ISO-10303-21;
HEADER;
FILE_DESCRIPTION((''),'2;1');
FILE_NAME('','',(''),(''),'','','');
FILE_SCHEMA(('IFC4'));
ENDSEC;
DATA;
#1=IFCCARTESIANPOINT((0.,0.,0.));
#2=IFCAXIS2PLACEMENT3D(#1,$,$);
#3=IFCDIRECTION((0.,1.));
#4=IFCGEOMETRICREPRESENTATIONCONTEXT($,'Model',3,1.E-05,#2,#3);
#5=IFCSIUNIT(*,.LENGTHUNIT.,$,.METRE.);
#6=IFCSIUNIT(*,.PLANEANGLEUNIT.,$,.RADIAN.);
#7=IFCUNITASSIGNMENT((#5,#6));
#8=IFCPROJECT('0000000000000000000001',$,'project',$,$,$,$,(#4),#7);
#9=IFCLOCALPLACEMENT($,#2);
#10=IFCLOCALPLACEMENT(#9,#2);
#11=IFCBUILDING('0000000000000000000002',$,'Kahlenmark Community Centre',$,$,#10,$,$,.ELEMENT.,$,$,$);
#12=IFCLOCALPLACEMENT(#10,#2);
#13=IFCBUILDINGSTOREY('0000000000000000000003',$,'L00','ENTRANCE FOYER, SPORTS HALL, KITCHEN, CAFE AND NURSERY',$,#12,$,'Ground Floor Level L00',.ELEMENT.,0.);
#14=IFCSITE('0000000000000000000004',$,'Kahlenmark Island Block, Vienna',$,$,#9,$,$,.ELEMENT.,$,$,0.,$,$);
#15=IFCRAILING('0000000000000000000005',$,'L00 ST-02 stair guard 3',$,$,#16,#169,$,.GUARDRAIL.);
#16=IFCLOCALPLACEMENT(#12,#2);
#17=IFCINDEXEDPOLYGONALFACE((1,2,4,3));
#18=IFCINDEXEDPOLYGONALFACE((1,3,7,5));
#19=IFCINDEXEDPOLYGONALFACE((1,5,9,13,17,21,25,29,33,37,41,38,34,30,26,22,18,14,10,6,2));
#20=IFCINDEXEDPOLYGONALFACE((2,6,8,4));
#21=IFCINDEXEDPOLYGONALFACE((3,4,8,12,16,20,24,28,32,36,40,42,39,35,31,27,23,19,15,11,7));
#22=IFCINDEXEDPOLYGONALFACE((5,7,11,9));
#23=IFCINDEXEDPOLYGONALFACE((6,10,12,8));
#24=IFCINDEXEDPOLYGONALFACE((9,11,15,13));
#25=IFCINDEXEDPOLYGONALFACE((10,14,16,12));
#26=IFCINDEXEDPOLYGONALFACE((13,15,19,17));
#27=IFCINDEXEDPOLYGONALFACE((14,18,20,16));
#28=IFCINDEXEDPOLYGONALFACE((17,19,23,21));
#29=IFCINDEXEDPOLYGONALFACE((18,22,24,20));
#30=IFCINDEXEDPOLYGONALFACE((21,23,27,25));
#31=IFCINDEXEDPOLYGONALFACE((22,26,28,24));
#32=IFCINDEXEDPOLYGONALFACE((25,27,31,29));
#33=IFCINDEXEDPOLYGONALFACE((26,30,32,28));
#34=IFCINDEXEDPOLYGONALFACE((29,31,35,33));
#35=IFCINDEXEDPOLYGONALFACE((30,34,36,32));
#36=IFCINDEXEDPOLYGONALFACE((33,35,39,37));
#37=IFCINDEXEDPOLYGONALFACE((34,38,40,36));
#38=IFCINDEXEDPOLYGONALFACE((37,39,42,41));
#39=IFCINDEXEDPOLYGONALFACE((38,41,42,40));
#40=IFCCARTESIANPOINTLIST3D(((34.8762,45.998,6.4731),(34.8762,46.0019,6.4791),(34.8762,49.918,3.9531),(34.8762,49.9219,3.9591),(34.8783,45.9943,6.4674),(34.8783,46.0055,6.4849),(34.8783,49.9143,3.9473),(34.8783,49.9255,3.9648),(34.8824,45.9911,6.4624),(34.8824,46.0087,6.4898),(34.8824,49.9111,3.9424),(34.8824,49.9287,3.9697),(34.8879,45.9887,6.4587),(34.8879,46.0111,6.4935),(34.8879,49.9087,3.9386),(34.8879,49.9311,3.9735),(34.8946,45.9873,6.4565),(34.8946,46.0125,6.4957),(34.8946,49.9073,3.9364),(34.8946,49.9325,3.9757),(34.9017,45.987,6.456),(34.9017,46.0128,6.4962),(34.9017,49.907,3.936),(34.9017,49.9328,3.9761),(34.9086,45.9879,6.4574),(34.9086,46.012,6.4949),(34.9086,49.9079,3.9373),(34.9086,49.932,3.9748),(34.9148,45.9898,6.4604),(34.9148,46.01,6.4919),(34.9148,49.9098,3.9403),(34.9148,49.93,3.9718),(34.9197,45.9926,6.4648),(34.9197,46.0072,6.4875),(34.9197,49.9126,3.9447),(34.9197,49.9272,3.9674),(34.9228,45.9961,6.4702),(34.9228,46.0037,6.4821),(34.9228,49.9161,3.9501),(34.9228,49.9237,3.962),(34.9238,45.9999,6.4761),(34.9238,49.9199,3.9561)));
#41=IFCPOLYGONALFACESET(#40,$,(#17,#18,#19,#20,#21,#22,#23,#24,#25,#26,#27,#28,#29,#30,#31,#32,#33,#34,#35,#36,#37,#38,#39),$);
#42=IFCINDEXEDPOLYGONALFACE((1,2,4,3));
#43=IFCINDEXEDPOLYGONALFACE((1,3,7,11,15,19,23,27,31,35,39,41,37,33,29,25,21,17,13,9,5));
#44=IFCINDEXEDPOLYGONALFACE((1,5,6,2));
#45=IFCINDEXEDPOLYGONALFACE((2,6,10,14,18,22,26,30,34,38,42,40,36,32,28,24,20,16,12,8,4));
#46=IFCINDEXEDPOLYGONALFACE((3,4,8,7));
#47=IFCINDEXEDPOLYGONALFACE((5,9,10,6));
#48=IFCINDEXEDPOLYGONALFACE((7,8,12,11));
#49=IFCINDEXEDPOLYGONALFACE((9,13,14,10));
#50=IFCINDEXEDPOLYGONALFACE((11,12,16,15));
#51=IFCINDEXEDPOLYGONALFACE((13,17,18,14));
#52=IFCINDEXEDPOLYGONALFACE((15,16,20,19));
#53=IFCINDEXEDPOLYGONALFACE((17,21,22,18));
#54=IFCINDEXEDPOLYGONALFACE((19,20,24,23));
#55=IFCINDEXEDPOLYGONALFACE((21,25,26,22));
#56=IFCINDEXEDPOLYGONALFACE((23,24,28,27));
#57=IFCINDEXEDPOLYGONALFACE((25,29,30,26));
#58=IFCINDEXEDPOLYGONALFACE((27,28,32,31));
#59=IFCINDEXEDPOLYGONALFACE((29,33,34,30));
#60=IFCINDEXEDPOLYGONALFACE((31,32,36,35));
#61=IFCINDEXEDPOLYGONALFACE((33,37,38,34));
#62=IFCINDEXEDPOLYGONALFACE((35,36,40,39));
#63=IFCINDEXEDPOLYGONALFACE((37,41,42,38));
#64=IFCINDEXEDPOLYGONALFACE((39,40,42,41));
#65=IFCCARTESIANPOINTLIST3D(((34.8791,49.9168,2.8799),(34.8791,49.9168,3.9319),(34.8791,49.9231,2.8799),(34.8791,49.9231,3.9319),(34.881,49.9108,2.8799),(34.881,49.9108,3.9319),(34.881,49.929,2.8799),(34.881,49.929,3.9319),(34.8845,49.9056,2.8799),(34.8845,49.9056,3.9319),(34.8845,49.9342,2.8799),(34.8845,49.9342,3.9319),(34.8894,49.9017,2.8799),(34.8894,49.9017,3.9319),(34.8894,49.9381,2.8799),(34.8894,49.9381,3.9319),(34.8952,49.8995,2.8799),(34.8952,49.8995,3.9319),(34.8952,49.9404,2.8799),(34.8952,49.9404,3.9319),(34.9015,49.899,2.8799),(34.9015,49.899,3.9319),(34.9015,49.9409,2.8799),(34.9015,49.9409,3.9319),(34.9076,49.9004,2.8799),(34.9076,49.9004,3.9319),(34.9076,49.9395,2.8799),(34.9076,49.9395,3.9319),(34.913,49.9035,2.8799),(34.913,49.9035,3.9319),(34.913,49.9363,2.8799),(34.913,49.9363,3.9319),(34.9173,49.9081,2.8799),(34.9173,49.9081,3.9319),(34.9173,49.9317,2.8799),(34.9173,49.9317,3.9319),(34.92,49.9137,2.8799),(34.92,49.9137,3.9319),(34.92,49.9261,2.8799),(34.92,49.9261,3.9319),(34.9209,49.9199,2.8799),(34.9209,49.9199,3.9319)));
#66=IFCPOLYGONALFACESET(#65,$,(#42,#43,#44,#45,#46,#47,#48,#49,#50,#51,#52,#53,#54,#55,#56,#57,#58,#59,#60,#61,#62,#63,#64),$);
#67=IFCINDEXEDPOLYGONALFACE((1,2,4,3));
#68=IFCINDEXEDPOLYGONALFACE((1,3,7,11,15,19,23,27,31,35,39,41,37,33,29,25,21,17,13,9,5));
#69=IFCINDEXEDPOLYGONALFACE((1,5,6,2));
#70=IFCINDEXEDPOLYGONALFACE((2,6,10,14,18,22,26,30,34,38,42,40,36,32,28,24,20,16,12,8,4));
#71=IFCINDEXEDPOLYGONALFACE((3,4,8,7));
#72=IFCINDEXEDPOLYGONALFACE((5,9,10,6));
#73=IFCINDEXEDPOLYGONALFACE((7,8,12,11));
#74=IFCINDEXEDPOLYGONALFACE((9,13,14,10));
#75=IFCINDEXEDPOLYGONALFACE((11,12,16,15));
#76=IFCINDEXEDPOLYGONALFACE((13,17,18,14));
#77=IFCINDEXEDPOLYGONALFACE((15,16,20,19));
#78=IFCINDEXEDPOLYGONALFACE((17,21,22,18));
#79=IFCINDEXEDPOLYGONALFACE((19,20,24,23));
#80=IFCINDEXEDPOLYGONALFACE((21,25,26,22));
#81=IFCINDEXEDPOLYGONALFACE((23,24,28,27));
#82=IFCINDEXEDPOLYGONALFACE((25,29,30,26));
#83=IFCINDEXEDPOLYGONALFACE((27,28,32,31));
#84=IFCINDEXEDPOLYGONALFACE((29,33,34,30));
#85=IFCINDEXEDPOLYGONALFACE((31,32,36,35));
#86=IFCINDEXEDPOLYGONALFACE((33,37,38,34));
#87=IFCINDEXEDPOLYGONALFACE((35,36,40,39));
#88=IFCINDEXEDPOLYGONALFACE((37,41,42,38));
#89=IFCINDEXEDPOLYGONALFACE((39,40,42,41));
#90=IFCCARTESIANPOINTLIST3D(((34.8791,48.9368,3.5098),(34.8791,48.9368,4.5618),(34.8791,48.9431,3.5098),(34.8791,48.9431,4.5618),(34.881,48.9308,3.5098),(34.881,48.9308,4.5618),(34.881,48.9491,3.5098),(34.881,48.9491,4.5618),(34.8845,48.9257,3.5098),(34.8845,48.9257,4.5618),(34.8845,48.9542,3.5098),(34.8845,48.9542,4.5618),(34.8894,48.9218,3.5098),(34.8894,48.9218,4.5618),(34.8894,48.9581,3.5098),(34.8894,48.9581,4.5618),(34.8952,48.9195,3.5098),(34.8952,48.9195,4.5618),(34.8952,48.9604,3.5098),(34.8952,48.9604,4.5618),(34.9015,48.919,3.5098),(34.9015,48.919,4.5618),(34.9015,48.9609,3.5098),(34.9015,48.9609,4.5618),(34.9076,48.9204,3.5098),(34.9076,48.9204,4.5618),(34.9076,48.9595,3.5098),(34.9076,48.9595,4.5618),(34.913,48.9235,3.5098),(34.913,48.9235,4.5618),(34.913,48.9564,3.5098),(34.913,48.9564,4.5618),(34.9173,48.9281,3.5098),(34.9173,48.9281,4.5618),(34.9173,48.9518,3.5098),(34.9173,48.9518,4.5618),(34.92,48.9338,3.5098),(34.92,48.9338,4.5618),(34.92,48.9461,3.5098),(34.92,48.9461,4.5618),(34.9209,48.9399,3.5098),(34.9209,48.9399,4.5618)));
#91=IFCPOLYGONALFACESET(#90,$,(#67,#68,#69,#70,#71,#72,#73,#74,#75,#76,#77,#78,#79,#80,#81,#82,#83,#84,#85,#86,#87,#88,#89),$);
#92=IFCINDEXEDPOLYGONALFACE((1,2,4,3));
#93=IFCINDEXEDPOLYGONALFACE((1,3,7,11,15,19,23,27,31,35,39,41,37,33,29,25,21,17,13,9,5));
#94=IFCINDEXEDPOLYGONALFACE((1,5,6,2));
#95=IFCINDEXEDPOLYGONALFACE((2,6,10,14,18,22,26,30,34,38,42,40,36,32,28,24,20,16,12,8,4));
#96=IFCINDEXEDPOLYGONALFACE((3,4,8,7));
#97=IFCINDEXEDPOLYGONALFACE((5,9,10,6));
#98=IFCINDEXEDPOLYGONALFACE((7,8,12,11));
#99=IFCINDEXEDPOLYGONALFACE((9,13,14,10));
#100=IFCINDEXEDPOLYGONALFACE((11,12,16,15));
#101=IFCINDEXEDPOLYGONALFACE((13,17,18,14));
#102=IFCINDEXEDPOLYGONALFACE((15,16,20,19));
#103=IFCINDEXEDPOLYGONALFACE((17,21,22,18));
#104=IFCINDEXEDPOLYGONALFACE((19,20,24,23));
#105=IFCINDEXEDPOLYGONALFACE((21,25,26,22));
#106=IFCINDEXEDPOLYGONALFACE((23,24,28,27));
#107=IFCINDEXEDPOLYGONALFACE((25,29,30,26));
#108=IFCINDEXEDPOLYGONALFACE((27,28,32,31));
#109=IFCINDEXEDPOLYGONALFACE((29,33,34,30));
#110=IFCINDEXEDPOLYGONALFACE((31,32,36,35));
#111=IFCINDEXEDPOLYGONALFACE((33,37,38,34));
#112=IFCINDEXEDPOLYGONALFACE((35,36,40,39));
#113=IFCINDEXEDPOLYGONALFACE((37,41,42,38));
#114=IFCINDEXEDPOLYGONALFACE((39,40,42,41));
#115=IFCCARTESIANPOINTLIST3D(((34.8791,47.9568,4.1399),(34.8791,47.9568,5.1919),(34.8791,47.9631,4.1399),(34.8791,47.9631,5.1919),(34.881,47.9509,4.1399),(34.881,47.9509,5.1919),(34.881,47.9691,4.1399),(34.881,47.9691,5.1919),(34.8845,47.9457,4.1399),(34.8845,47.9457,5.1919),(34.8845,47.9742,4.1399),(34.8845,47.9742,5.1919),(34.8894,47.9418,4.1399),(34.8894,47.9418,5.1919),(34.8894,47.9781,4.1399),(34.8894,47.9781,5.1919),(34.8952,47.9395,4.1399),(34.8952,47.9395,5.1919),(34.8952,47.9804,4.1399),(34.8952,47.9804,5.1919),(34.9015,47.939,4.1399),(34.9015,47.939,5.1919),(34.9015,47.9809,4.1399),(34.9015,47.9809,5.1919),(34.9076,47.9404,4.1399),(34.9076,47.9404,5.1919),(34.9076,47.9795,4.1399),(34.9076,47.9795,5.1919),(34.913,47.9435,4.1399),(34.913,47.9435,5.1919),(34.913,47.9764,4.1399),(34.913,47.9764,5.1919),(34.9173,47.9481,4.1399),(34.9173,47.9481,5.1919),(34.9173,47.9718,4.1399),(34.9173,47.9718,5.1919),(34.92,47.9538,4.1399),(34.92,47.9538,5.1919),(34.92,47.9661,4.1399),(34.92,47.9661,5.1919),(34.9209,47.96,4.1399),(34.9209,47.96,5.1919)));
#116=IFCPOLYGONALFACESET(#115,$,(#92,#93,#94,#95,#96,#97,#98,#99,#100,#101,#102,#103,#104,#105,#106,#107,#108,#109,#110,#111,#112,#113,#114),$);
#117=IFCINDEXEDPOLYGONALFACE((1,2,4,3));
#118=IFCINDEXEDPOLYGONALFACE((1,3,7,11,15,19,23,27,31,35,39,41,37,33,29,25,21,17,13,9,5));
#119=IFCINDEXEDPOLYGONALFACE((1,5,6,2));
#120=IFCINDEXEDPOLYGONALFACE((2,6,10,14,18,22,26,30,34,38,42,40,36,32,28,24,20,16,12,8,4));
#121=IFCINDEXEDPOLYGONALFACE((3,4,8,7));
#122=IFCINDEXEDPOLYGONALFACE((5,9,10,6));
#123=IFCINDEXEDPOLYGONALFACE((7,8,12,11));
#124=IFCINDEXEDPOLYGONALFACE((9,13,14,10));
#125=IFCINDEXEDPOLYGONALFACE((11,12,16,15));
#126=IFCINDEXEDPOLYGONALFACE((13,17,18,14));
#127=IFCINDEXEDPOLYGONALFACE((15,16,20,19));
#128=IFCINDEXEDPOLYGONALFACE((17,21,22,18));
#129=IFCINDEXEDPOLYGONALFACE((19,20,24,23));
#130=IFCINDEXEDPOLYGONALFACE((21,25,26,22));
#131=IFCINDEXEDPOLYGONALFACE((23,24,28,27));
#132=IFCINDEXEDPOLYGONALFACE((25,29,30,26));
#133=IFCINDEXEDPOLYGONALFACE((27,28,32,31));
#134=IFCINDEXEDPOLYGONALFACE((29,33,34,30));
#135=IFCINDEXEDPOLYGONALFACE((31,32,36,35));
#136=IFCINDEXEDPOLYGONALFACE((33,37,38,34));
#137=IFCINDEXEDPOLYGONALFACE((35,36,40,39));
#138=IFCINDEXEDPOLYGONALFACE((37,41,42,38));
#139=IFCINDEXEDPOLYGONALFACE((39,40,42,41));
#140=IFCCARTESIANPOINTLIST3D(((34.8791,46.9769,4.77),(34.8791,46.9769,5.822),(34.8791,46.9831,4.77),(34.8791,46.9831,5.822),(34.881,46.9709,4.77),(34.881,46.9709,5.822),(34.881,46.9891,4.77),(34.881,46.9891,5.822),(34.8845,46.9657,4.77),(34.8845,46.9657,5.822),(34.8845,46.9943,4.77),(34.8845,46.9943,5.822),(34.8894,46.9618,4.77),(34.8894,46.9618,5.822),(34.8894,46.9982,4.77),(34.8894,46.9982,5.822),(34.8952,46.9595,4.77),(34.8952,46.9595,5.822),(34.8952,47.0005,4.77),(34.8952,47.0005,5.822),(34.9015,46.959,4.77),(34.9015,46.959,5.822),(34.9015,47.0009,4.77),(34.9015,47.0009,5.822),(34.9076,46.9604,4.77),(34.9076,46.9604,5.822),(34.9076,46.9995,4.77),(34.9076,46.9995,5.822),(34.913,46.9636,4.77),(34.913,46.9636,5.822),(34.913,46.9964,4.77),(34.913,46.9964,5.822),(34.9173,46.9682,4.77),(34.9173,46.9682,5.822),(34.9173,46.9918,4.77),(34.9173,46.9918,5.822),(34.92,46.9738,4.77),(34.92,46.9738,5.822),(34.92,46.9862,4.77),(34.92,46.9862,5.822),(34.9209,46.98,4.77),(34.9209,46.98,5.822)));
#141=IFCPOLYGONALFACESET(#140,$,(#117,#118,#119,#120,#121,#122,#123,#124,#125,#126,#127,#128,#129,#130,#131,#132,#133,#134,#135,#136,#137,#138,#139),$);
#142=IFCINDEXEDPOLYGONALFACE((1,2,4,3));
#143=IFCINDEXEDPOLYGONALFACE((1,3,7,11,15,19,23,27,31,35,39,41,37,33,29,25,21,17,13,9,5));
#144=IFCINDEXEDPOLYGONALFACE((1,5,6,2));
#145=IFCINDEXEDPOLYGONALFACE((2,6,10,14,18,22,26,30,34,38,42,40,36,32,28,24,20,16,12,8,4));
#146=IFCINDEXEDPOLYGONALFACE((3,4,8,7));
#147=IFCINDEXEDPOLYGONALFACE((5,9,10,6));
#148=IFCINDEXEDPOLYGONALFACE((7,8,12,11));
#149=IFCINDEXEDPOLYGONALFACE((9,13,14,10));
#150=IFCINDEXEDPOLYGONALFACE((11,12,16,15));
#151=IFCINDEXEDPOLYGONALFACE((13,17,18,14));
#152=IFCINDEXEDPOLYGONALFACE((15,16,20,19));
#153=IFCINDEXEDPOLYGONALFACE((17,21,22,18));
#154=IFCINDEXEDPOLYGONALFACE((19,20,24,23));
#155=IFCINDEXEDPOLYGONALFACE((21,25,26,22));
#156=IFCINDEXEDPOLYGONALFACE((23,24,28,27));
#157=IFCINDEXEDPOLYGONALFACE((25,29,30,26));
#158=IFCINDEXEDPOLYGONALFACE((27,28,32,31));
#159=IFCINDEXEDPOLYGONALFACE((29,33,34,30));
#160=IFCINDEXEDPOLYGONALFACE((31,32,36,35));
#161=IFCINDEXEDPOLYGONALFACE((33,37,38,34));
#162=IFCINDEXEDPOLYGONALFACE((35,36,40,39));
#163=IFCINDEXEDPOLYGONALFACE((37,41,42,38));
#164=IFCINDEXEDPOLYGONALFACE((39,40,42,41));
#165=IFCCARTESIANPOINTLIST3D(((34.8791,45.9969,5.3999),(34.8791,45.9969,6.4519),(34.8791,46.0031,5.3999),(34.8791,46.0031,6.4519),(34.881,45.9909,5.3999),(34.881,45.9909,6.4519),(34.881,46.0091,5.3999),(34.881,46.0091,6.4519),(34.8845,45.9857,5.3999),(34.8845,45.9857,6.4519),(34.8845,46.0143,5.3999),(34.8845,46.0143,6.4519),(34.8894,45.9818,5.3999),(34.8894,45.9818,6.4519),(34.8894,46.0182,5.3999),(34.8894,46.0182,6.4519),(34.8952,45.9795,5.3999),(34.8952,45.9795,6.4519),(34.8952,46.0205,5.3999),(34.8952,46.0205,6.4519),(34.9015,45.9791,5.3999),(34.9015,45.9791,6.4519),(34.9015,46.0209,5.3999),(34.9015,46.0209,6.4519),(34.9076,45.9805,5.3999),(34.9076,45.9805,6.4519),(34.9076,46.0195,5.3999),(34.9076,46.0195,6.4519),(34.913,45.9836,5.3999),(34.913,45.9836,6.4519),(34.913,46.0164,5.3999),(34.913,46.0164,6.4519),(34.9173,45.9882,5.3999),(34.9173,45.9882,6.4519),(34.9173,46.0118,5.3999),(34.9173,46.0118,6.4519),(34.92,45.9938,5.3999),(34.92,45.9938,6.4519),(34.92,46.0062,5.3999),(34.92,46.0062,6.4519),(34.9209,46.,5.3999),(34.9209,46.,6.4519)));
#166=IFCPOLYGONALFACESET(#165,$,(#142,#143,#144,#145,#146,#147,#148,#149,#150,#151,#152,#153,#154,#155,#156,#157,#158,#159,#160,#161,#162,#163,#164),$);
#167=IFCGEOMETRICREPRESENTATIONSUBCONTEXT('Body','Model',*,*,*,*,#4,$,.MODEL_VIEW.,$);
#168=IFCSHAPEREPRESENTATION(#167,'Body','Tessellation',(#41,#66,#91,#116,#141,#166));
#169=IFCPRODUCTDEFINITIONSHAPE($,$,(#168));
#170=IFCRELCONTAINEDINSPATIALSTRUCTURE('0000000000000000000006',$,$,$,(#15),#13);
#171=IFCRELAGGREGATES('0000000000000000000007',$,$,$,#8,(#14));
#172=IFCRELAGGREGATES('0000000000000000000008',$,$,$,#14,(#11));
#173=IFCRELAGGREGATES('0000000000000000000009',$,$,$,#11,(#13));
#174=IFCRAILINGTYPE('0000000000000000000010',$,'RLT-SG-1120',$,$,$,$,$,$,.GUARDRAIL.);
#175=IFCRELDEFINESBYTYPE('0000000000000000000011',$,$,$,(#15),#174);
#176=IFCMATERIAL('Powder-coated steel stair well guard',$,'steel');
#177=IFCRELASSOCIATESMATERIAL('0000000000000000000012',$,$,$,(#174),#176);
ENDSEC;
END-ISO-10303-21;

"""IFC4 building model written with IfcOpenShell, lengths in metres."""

from ifc_helpers import new_model, si_unit, direction, frame, origin, origin_2d, place, context, subcontext, project, spatial, circle, extrude, material, type_object, element, save


model = new_model("IFC4")

# Units and contexts
model_context = context("Model", 3, precision=1e-05, world=origin(), true_north=direction((0.0, 1.0)))
body_context = subcontext(model_context, "Body", "Model", "MODEL_VIEW")
ifc_project = project(units=[si_unit("LENGTHUNIT", "METRE"), si_unit("PLANEANGLEUNIT", "RADIAN")], contexts=[model_context])

# Site, building, storey
site_placement = place(None, origin())
site = spatial("IfcSite", under=ifc_project, at=site_placement, Name="Kahlenmark Island Block, Vienna", CompositionType="ELEMENT", RefElevation=0.0)
building_placement = place(site_placement, origin())
building = spatial("IfcBuilding", under=site, at=building_placement, Name="Kahlenmark Community Centre", CompositionType="ELEMENT")
storey_placement = place(building_placement, origin())
storey = spatial("IfcBuildingStorey", under=building, at=storey_placement, Name="L00", Description="ENTRANCE FOYER, SPORTS HALL, KITCHEN, CAFE AND NURSERY", LongName="Ground Floor Level L00", CompositionType="ELEMENT", Elevation=0.0)

# Railing
ifc_material_1 = material(Name="Powder-coated steel stair well guard", Category="steel")
railing_type_1 = type_object("IfcRailingType", Name="RLT-SG-1120", PredefinedType="GUARDRAIL", material=ifc_material_1)
railing_1_placement = place(storey_placement, frame((34.8999, 49.9199, 2.8799)))
element("IfcRailing", 1, at=railing_1_placement, inside=storey, type_object=railing_type_1, Name="L00 ST-02 stair guard 3", PredefinedType="GUARDRAIL", context=body_context, shape_type="SweptSolid", body=[
    extrude(circle(Radius=0.0239, at=origin_2d()), frame((0.0, 0.0, 1.0762), z_axis=(0.0, -0.841172, 0.540768), x_axis=(1.0, 0.0, 0.0)), (0.0, 0.0, 1.0), 4.6602),
    extrude(circle(Radius=0.021, at=origin_2d()), origin(), (0.0, 0.0, 1.0), 1.052),
    extrude(circle(Radius=0.021, at=origin_2d()), frame((0.0, -0.98, 0.6299)), (0.0, 0.0, 1.0), 1.052),
    extrude(circle(Radius=0.021, at=origin_2d()), frame((0.0, -1.96, 1.26)), (0.0, 0.0, 1.0), 1.052),
    extrude(circle(Radius=0.021, at=origin_2d()), frame((0.0, -2.9399, 1.8901)), (0.0, 0.0, 1.0), 1.052),
    extrude(circle(Radius=0.021, at=origin_2d()), frame((0.0, -3.9199, 2.52)), (0.0, 0.0, 1.0), 1.052),
])

save(model, "model.ifc")
